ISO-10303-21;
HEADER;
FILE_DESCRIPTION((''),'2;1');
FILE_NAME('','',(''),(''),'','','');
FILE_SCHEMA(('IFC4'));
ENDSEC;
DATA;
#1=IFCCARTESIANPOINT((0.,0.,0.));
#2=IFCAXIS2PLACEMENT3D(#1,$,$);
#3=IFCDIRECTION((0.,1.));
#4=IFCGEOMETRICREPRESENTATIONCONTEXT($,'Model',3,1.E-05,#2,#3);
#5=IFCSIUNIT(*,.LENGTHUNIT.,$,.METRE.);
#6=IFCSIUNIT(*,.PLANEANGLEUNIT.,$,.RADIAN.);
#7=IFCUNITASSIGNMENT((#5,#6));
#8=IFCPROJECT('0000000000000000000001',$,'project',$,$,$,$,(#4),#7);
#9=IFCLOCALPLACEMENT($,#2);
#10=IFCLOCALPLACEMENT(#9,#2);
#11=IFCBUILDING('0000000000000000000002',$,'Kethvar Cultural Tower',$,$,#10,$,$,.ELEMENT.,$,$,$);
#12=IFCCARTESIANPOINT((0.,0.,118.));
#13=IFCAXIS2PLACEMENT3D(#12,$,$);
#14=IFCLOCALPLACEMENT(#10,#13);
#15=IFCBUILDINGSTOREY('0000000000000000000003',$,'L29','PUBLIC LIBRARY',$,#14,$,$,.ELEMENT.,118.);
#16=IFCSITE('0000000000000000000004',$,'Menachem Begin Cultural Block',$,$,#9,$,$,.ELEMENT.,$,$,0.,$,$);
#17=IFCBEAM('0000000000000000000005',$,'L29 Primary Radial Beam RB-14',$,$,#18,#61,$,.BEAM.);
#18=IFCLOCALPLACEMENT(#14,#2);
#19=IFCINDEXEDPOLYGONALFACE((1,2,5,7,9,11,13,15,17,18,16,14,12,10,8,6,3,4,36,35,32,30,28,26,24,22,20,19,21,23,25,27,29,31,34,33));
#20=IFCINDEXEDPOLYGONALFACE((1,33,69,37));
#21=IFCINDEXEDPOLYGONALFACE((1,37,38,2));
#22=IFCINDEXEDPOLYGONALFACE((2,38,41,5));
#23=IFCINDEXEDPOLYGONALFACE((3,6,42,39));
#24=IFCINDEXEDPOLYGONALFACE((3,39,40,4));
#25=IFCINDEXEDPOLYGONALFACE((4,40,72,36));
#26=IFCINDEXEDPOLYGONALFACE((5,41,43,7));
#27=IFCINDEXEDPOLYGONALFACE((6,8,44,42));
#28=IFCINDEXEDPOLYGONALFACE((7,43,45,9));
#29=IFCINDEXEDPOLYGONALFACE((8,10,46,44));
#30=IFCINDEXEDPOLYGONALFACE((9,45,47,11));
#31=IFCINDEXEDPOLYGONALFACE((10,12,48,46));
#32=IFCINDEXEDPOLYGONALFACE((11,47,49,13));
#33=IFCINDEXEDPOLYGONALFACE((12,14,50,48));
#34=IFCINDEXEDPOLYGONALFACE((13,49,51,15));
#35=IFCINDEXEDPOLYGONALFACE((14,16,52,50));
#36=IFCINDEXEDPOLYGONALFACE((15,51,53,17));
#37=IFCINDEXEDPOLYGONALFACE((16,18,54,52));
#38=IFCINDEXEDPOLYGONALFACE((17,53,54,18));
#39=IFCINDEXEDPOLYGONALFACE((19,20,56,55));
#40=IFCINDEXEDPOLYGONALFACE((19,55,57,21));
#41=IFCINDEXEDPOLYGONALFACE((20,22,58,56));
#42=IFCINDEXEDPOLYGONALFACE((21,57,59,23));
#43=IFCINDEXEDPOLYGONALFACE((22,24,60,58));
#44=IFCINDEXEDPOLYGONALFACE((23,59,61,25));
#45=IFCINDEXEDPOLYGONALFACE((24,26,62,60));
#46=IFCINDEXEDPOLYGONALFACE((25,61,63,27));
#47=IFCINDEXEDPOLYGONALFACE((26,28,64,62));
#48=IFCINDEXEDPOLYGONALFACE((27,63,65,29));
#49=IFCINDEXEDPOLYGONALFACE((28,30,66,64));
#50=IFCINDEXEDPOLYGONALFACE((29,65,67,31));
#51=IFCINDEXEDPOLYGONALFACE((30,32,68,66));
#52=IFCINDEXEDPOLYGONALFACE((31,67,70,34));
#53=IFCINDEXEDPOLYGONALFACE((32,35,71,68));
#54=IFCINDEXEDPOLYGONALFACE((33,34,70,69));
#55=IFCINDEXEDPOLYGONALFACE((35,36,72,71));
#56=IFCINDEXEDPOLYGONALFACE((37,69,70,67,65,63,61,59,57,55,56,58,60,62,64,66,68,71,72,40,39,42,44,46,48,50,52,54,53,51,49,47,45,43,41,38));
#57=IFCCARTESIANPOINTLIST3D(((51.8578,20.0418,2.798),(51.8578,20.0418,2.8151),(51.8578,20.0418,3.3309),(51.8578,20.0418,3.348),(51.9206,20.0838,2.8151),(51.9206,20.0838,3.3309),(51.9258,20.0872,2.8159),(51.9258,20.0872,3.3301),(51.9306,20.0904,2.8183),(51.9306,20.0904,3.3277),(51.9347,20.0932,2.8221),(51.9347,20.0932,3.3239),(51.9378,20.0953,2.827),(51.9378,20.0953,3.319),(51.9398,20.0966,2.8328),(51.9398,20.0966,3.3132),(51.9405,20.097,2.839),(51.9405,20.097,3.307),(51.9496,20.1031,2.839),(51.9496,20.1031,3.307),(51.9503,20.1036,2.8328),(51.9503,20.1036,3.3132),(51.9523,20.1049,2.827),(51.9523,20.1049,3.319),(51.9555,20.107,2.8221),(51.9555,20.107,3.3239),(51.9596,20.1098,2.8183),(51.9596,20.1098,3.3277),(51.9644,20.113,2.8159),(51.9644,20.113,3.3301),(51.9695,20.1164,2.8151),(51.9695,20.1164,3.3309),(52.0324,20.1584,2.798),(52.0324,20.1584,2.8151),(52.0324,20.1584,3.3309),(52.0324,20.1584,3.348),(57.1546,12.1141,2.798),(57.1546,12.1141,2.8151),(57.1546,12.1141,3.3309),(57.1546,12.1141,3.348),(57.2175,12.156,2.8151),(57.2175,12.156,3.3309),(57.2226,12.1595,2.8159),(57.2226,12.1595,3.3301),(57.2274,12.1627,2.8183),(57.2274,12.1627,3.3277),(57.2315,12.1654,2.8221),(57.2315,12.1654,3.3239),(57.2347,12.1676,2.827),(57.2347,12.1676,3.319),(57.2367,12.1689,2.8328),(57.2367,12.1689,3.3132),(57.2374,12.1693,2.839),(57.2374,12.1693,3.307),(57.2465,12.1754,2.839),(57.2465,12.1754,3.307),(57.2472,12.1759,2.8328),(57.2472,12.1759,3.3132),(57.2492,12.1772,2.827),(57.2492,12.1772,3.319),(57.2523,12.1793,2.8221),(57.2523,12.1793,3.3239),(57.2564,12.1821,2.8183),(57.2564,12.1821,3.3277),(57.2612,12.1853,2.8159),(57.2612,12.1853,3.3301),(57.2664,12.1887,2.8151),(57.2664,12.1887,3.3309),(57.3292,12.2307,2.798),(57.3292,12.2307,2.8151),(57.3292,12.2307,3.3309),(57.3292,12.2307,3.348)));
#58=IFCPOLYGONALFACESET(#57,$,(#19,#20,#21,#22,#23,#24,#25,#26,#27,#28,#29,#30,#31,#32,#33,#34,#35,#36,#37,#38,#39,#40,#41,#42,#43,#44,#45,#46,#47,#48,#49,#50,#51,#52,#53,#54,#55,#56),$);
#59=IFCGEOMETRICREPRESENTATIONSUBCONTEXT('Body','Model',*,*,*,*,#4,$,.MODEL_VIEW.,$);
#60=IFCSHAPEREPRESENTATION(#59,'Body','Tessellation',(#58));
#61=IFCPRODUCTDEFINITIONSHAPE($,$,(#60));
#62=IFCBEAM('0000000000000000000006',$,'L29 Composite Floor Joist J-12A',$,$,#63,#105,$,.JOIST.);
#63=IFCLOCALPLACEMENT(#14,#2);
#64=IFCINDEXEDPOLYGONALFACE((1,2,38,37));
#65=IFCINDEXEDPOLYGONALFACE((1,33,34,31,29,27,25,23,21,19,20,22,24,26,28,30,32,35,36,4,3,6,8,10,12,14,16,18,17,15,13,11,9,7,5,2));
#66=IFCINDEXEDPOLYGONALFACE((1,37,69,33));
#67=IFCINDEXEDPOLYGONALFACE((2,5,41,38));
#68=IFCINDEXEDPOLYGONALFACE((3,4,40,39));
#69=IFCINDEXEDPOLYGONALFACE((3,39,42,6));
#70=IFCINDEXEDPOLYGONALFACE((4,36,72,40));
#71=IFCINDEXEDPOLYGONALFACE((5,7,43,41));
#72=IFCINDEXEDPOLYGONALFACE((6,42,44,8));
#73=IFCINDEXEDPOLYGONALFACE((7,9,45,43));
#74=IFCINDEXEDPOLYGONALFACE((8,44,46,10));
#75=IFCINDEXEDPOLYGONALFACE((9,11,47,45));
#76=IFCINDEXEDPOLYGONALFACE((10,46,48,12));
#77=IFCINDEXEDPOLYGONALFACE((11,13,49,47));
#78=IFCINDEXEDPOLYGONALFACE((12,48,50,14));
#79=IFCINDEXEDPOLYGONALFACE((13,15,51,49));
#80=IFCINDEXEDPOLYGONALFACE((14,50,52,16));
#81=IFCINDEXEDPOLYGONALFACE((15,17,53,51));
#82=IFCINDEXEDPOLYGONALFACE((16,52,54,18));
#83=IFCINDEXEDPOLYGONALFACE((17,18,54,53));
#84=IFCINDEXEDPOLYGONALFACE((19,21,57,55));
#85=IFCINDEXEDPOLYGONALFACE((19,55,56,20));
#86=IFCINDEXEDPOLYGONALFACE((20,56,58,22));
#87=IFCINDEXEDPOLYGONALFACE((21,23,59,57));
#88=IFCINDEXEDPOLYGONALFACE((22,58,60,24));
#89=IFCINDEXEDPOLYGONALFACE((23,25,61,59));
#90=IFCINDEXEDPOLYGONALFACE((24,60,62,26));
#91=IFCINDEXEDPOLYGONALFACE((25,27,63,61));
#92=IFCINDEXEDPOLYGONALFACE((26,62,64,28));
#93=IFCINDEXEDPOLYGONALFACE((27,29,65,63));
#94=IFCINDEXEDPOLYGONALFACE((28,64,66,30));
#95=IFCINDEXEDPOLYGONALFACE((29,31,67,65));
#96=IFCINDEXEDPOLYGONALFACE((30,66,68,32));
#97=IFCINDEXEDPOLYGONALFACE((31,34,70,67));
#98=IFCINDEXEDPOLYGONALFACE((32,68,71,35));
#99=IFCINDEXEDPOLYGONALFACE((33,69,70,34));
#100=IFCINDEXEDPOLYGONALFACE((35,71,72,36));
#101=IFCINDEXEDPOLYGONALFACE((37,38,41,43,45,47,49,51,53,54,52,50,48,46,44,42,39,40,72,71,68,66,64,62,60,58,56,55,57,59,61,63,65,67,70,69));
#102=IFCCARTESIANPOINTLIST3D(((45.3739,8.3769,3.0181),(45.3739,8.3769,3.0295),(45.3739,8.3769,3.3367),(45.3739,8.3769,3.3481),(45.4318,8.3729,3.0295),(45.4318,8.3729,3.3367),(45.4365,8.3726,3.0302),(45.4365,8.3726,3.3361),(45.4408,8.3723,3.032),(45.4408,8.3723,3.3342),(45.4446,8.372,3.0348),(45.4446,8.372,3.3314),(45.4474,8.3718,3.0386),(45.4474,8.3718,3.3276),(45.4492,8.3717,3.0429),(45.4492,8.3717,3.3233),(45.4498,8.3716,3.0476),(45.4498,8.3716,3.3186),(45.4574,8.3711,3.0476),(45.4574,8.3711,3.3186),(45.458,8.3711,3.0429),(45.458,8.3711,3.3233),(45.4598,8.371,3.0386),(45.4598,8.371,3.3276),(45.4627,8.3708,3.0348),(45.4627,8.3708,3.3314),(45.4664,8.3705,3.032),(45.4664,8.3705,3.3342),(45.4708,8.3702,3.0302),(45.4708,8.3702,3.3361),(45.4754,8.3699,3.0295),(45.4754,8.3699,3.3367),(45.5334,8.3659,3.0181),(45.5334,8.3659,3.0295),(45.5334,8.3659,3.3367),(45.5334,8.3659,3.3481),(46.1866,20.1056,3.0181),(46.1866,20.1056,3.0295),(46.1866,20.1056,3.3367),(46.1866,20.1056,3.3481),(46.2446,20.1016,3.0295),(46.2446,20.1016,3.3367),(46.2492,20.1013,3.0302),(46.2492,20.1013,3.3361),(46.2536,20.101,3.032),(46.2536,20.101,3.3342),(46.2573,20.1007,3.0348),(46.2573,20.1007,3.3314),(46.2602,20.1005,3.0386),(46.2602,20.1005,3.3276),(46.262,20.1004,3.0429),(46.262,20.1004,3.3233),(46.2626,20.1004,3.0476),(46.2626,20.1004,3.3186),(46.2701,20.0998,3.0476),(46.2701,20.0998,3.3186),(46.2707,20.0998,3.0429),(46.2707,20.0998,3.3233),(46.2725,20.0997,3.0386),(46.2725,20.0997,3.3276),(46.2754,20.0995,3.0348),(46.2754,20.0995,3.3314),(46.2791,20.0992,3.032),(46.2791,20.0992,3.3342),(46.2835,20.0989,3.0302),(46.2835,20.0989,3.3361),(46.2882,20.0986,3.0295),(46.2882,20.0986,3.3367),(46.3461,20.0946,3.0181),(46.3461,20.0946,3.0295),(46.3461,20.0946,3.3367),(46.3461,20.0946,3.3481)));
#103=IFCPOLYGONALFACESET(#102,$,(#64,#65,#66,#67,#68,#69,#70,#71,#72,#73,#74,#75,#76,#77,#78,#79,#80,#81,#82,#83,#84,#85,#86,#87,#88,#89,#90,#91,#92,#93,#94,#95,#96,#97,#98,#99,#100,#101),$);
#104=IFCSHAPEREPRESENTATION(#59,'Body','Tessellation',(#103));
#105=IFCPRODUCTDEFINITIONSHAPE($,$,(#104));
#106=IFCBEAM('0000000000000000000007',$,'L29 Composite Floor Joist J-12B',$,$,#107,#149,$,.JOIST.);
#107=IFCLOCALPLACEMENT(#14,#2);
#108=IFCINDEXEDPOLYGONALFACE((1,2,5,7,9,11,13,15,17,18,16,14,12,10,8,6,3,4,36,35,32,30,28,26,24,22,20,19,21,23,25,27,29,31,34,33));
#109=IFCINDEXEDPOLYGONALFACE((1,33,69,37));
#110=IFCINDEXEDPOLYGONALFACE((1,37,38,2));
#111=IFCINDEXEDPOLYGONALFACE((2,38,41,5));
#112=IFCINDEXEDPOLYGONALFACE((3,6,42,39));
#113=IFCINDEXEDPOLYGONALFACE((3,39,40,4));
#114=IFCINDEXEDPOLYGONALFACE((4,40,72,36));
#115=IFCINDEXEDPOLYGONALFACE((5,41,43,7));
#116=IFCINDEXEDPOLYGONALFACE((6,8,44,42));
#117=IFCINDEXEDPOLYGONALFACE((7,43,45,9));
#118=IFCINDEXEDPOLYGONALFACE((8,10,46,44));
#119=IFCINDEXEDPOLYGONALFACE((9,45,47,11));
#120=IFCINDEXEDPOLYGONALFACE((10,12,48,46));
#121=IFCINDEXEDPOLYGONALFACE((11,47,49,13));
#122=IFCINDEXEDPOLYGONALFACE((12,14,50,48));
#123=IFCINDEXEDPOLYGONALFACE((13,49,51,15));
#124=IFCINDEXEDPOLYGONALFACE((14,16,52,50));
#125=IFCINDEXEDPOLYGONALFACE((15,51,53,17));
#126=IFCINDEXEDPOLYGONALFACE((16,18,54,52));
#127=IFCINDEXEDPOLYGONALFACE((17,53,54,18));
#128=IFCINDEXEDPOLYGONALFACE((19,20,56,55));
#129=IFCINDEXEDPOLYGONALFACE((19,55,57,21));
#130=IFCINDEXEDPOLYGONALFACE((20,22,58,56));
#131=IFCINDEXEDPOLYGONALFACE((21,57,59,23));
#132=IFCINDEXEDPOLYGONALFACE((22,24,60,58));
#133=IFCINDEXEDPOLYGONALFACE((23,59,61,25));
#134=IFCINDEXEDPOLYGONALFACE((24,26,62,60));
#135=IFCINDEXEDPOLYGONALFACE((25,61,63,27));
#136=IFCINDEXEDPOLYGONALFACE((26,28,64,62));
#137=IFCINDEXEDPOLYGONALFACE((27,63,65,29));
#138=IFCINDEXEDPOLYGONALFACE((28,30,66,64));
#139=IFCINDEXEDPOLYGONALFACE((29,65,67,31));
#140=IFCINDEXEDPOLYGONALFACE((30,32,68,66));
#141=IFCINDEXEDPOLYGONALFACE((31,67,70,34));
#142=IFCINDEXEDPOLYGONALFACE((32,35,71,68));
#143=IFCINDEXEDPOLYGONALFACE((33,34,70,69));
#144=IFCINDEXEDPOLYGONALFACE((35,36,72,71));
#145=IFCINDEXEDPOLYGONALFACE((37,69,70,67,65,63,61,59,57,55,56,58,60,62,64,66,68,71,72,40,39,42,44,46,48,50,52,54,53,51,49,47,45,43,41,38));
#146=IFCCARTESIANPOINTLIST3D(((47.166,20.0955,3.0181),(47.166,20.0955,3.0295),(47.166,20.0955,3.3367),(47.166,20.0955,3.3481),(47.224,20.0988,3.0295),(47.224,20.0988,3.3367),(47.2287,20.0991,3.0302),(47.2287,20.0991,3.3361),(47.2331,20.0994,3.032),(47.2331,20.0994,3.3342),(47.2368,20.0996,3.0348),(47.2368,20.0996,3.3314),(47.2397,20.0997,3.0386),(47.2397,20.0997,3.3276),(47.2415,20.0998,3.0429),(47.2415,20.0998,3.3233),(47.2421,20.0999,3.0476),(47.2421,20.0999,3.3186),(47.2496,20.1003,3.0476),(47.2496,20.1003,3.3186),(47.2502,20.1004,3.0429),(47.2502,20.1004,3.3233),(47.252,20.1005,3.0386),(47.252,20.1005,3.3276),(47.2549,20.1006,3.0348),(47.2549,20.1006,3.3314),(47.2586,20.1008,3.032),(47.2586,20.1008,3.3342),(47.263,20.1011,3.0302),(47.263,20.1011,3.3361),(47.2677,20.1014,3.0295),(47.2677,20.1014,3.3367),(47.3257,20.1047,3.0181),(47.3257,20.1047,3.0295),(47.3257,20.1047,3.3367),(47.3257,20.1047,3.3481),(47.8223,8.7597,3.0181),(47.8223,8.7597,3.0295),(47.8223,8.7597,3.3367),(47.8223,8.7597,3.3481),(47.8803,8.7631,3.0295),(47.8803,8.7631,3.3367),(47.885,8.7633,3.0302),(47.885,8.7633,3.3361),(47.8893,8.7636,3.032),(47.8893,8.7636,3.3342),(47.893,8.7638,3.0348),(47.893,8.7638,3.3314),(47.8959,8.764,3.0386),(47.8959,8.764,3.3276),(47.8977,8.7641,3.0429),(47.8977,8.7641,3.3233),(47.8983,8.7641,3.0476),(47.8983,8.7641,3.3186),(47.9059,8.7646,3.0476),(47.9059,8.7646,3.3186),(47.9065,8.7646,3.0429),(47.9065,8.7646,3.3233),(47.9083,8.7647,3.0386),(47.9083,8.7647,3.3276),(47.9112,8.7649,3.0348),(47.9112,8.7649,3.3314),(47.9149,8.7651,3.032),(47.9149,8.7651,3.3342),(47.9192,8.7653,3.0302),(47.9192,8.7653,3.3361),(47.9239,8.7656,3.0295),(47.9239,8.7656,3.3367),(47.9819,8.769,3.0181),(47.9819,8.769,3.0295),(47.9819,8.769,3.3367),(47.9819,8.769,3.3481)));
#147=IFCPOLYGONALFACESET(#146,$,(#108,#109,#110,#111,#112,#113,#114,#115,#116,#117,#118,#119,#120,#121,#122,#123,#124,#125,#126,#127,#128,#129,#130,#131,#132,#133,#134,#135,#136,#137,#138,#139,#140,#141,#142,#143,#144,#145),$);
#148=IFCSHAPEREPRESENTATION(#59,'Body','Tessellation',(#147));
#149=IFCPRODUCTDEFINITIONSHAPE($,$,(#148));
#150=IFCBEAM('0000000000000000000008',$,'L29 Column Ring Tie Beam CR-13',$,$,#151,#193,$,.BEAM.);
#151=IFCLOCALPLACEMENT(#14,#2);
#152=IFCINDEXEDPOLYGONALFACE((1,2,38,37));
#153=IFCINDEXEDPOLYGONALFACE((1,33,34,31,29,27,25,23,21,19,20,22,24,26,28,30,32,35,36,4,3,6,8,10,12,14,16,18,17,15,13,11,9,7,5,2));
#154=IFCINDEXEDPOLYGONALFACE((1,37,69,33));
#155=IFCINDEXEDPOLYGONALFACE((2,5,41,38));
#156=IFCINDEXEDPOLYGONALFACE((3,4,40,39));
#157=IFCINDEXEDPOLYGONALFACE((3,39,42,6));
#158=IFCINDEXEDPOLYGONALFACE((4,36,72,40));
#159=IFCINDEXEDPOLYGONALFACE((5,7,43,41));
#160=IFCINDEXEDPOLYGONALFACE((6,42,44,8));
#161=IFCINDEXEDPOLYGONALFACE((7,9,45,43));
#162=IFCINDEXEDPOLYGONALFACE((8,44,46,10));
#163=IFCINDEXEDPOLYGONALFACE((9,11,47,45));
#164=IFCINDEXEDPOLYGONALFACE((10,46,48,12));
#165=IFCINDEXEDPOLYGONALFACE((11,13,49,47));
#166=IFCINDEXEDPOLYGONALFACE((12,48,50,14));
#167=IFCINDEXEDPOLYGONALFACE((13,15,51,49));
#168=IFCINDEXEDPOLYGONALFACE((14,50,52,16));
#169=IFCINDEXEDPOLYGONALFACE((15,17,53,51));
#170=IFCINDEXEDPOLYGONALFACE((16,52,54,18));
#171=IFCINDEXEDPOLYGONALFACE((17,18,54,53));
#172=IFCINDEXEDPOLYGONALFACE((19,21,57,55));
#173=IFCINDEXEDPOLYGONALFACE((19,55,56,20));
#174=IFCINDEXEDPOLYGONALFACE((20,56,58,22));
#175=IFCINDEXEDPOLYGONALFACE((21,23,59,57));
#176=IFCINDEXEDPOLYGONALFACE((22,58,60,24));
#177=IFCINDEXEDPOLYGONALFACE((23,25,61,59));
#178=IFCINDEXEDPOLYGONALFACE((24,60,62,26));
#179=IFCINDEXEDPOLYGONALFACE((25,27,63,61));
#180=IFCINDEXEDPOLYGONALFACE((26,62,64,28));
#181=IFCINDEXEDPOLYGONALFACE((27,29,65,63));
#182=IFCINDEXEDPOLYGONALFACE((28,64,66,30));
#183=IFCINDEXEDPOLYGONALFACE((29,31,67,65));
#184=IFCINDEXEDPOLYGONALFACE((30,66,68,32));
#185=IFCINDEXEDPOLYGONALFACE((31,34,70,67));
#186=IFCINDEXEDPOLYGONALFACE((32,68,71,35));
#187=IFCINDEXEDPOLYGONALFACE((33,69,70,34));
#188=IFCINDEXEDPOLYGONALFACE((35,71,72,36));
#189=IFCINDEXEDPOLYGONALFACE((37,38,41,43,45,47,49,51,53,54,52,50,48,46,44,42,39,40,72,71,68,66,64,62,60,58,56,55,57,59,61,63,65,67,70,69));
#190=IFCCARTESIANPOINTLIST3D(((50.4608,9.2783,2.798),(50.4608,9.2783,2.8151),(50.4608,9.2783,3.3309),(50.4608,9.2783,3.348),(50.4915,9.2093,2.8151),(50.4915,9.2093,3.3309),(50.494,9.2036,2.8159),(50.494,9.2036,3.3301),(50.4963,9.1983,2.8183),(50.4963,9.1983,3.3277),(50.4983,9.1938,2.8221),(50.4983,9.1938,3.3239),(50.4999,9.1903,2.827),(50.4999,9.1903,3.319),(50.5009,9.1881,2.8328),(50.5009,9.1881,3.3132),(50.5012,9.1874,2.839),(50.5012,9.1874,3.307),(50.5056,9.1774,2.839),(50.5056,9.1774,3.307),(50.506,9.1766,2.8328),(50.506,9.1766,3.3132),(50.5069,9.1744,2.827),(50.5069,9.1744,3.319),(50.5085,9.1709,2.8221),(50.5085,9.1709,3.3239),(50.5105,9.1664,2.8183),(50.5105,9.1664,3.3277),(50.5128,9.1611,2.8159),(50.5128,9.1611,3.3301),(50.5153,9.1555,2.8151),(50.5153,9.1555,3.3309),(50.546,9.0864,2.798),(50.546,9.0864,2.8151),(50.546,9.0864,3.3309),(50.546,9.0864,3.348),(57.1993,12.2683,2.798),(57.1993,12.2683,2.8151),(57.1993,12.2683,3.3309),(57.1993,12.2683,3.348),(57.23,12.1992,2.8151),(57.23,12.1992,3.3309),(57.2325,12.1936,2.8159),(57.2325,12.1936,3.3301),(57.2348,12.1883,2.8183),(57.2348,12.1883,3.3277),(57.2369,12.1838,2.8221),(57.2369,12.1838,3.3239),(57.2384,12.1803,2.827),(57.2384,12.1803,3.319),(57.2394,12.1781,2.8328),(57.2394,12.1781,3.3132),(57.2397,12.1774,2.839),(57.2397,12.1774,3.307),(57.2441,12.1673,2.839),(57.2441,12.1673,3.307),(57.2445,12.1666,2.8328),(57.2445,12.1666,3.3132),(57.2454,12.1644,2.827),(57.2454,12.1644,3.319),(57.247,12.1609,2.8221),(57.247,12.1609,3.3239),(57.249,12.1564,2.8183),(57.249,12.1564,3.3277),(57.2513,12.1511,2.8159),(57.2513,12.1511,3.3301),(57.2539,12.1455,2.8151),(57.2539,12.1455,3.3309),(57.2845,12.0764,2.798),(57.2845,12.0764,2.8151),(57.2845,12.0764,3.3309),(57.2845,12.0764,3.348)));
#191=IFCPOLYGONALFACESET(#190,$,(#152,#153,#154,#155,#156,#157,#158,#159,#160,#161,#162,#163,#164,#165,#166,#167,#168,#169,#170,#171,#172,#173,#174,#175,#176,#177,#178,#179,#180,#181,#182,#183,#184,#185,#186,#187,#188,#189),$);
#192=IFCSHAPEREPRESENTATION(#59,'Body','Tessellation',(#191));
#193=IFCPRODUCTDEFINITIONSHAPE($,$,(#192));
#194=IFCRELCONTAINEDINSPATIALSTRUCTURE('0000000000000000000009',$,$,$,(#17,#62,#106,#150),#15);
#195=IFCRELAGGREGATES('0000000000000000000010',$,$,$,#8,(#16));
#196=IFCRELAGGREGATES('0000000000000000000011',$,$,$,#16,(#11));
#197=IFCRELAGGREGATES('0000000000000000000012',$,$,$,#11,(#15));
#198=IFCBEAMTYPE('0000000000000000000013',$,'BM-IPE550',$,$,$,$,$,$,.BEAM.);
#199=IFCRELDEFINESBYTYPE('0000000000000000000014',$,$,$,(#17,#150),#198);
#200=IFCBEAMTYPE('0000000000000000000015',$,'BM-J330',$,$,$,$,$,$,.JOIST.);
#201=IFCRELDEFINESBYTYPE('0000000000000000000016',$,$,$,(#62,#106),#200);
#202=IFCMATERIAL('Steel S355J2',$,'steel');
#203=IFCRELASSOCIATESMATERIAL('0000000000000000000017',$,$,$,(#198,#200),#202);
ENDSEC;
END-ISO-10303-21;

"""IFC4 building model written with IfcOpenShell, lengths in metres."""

from ifc_helpers import new_model, si_unit, direction, frame, origin, origin_2d, place, context, subcontext, project, spatial, i_section, extrude, source, transform, mapped, material, material_profile, profile_set, type_object, element, save


model = new_model("IFC4")

# Units and contexts
model_context = context("Model", 3, precision=1e-05, world=origin(), true_north=direction((0.0, 1.0)))
body_context = subcontext(model_context, "Body", "Model", "MODEL_VIEW")
ifc_project = project(units=[si_unit("LENGTHUNIT", "METRE"), si_unit("PLANEANGLEUNIT", "RADIAN")], contexts=[model_context])

# Site, building, storey
site_placement = place(None, origin())
site = spatial("IfcSite", under=ifc_project, at=site_placement, Name="Menachem Begin Cultural Block", CompositionType="ELEMENT", RefElevation=0.0)
building_placement = place(site_placement, origin())
building = spatial("IfcBuilding", under=site, at=building_placement, Name="Kethvar Cultural Tower", CompositionType="ELEMENT")
storey_placement = place(building_placement, frame((0.0, 0.0, 118.0)))
storey = spatial("IfcBuildingStorey", under=building, at=storey_placement, Name="L29", Description="PUBLIC LIBRARY", CompositionType="ELEMENT", Elevation=118.0)

# Beams
ifc_material_1 = material(Name="Steel S355J2", Category="steel")
ifc_material_profile_1 = material_profile(ifc_material_1, i_section(OverallWidth=0.21, OverallDepth=0.55, WebThickness=0.011, FlangeThickness=0.0171, FilletRadius=0.0239, at=origin_2d()), Name="Steel S355J2 — IPE550")
ifc_profile_set_1 = profile_set([ifc_material_profile_1], Name="Steel S355J2 — IPE550")
beam_type_1 = type_object("IfcBeamType", Name="BM-IPE550", PredefinedType="BEAM", material=ifc_profile_set_1)
shared_shape_1 = source(origin(), body_context, "Body", "SweptSolid", [
    extrude(i_section(OverallWidth=0.21, OverallDepth=0.55, WebThickness=0.011, FlangeThickness=0.0171, FilletRadius=0.0239, at=origin_2d()), origin(), (0.0, 0.0, 1.0), 9.5344),
])
beam_1_placement = place(storey_placement, frame((51.9451, 20.1001, 3.073), z_axis=(0.555551, -0.831483, 0.0), x_axis=(0.831483, 0.555551, 0.0)))
element("IfcBeam", 1, at=beam_1_placement, inside=storey, type_object=beam_type_1, Name="L29 Primary Radial Beam RB-14", PredefinedType="BEAM", context=body_context, shape_type="MappedRepresentation", body=[
    mapped(shared_shape_1, transform((0.0, 0.0, 0.0), scale=1.0)),
])
ifc_material_profile_2 = material_profile(ifc_material_1, i_section(OverallWidth=0.1599, OverallDepth=0.3301, WebThickness=0.0076, FlangeThickness=0.0115, FilletRadius=0.0181, at=origin_2d()), Name="Steel S355J2 — IPE330")
ifc_profile_set_2 = profile_set([ifc_material_profile_2], Name="Steel S355J2 — IPE330")
beam_type_2 = type_object("IfcBeamType", Name="BM-J330", PredefinedType="JOIST", material=ifc_profile_set_2)
shared_shape_2 = source(origin(), body_context, "Body", "SweptSolid", [
    extrude(i_section(OverallWidth=0.1599, OverallDepth=0.3301, WebThickness=0.0076, FlangeThickness=0.0115, FilletRadius=0.0181, at=origin_2d()), origin(), (0.0, 0.0, 1.0), 11.7568),
])
beam_2_placement = place(storey_placement, frame((46.2664, 20.1001, 3.1831), z_axis=(-0.069129, -0.997608, 0.0), x_axis=(0.997608, -0.069129, 0.0)))
element("IfcBeam", 2, at=beam_2_placement, inside=storey, type_object=beam_type_2, Name="L29 Composite Floor Joist J-12A", PredefinedType="JOIST", context=body_context, shape_type="MappedRepresentation", body=[
    mapped(shared_shape_2, transform((0.0, 0.0, 0.0), scale=1.0)),
])
shared_shape_3 = source(origin(), body_context, "Body", "SweptSolid", [
    extrude(i_section(OverallWidth=0.1599, OverallDepth=0.3301, WebThickness=0.0076, FlangeThickness=0.0115, FilletRadius=0.0181, at=origin_2d()), origin(), (0.0, 0.0, 1.0), 11.3547),
])
beam_3_placement = place(storey_placement, frame((47.2458, 20.1001, 3.1831), z_axis=(0.057796, -0.998328, 0.0), x_axis=(0.998328, 0.057796, 0.0)))
element("IfcBeam", 3, at=beam_3_placement, inside=storey, type_object=beam_type_2, Name="L29 Composite Floor Joist J-12B", PredefinedType="JOIST", context=body_context, shape_type="MappedRepresentation", body=[
    mapped(shared_shape_3, transform((0.0, 0.0, 0.0), scale=1.0)),
])
shared_shape_4 = source(origin(), body_context, "Body", "SweptSolid", [
    extrude(i_section(OverallWidth=0.21, OverallDepth=0.55, WebThickness=0.011, FlangeThickness=0.0171, FilletRadius=0.0239, at=origin_2d()), origin(), (0.0, 0.0, 1.0), 7.3721),
])
beam_4_placement = place(storey_placement, frame((50.5034, 9.1824, 3.073), z_axis=(0.914059, 0.405582, 0.0), x_axis=(-0.405582, 0.914059, 0.0)))
element("IfcBeam", 4, at=beam_4_placement, inside=storey, type_object=beam_type_1, Name="L29 Column Ring Tie Beam CR-13", PredefinedType="BEAM", context=body_context, shape_type="MappedRepresentation", body=[
    mapped(shared_shape_4, transform((0.0, 0.0, 0.0), scale=1.0)),
])

save(model, "model.ifc")
